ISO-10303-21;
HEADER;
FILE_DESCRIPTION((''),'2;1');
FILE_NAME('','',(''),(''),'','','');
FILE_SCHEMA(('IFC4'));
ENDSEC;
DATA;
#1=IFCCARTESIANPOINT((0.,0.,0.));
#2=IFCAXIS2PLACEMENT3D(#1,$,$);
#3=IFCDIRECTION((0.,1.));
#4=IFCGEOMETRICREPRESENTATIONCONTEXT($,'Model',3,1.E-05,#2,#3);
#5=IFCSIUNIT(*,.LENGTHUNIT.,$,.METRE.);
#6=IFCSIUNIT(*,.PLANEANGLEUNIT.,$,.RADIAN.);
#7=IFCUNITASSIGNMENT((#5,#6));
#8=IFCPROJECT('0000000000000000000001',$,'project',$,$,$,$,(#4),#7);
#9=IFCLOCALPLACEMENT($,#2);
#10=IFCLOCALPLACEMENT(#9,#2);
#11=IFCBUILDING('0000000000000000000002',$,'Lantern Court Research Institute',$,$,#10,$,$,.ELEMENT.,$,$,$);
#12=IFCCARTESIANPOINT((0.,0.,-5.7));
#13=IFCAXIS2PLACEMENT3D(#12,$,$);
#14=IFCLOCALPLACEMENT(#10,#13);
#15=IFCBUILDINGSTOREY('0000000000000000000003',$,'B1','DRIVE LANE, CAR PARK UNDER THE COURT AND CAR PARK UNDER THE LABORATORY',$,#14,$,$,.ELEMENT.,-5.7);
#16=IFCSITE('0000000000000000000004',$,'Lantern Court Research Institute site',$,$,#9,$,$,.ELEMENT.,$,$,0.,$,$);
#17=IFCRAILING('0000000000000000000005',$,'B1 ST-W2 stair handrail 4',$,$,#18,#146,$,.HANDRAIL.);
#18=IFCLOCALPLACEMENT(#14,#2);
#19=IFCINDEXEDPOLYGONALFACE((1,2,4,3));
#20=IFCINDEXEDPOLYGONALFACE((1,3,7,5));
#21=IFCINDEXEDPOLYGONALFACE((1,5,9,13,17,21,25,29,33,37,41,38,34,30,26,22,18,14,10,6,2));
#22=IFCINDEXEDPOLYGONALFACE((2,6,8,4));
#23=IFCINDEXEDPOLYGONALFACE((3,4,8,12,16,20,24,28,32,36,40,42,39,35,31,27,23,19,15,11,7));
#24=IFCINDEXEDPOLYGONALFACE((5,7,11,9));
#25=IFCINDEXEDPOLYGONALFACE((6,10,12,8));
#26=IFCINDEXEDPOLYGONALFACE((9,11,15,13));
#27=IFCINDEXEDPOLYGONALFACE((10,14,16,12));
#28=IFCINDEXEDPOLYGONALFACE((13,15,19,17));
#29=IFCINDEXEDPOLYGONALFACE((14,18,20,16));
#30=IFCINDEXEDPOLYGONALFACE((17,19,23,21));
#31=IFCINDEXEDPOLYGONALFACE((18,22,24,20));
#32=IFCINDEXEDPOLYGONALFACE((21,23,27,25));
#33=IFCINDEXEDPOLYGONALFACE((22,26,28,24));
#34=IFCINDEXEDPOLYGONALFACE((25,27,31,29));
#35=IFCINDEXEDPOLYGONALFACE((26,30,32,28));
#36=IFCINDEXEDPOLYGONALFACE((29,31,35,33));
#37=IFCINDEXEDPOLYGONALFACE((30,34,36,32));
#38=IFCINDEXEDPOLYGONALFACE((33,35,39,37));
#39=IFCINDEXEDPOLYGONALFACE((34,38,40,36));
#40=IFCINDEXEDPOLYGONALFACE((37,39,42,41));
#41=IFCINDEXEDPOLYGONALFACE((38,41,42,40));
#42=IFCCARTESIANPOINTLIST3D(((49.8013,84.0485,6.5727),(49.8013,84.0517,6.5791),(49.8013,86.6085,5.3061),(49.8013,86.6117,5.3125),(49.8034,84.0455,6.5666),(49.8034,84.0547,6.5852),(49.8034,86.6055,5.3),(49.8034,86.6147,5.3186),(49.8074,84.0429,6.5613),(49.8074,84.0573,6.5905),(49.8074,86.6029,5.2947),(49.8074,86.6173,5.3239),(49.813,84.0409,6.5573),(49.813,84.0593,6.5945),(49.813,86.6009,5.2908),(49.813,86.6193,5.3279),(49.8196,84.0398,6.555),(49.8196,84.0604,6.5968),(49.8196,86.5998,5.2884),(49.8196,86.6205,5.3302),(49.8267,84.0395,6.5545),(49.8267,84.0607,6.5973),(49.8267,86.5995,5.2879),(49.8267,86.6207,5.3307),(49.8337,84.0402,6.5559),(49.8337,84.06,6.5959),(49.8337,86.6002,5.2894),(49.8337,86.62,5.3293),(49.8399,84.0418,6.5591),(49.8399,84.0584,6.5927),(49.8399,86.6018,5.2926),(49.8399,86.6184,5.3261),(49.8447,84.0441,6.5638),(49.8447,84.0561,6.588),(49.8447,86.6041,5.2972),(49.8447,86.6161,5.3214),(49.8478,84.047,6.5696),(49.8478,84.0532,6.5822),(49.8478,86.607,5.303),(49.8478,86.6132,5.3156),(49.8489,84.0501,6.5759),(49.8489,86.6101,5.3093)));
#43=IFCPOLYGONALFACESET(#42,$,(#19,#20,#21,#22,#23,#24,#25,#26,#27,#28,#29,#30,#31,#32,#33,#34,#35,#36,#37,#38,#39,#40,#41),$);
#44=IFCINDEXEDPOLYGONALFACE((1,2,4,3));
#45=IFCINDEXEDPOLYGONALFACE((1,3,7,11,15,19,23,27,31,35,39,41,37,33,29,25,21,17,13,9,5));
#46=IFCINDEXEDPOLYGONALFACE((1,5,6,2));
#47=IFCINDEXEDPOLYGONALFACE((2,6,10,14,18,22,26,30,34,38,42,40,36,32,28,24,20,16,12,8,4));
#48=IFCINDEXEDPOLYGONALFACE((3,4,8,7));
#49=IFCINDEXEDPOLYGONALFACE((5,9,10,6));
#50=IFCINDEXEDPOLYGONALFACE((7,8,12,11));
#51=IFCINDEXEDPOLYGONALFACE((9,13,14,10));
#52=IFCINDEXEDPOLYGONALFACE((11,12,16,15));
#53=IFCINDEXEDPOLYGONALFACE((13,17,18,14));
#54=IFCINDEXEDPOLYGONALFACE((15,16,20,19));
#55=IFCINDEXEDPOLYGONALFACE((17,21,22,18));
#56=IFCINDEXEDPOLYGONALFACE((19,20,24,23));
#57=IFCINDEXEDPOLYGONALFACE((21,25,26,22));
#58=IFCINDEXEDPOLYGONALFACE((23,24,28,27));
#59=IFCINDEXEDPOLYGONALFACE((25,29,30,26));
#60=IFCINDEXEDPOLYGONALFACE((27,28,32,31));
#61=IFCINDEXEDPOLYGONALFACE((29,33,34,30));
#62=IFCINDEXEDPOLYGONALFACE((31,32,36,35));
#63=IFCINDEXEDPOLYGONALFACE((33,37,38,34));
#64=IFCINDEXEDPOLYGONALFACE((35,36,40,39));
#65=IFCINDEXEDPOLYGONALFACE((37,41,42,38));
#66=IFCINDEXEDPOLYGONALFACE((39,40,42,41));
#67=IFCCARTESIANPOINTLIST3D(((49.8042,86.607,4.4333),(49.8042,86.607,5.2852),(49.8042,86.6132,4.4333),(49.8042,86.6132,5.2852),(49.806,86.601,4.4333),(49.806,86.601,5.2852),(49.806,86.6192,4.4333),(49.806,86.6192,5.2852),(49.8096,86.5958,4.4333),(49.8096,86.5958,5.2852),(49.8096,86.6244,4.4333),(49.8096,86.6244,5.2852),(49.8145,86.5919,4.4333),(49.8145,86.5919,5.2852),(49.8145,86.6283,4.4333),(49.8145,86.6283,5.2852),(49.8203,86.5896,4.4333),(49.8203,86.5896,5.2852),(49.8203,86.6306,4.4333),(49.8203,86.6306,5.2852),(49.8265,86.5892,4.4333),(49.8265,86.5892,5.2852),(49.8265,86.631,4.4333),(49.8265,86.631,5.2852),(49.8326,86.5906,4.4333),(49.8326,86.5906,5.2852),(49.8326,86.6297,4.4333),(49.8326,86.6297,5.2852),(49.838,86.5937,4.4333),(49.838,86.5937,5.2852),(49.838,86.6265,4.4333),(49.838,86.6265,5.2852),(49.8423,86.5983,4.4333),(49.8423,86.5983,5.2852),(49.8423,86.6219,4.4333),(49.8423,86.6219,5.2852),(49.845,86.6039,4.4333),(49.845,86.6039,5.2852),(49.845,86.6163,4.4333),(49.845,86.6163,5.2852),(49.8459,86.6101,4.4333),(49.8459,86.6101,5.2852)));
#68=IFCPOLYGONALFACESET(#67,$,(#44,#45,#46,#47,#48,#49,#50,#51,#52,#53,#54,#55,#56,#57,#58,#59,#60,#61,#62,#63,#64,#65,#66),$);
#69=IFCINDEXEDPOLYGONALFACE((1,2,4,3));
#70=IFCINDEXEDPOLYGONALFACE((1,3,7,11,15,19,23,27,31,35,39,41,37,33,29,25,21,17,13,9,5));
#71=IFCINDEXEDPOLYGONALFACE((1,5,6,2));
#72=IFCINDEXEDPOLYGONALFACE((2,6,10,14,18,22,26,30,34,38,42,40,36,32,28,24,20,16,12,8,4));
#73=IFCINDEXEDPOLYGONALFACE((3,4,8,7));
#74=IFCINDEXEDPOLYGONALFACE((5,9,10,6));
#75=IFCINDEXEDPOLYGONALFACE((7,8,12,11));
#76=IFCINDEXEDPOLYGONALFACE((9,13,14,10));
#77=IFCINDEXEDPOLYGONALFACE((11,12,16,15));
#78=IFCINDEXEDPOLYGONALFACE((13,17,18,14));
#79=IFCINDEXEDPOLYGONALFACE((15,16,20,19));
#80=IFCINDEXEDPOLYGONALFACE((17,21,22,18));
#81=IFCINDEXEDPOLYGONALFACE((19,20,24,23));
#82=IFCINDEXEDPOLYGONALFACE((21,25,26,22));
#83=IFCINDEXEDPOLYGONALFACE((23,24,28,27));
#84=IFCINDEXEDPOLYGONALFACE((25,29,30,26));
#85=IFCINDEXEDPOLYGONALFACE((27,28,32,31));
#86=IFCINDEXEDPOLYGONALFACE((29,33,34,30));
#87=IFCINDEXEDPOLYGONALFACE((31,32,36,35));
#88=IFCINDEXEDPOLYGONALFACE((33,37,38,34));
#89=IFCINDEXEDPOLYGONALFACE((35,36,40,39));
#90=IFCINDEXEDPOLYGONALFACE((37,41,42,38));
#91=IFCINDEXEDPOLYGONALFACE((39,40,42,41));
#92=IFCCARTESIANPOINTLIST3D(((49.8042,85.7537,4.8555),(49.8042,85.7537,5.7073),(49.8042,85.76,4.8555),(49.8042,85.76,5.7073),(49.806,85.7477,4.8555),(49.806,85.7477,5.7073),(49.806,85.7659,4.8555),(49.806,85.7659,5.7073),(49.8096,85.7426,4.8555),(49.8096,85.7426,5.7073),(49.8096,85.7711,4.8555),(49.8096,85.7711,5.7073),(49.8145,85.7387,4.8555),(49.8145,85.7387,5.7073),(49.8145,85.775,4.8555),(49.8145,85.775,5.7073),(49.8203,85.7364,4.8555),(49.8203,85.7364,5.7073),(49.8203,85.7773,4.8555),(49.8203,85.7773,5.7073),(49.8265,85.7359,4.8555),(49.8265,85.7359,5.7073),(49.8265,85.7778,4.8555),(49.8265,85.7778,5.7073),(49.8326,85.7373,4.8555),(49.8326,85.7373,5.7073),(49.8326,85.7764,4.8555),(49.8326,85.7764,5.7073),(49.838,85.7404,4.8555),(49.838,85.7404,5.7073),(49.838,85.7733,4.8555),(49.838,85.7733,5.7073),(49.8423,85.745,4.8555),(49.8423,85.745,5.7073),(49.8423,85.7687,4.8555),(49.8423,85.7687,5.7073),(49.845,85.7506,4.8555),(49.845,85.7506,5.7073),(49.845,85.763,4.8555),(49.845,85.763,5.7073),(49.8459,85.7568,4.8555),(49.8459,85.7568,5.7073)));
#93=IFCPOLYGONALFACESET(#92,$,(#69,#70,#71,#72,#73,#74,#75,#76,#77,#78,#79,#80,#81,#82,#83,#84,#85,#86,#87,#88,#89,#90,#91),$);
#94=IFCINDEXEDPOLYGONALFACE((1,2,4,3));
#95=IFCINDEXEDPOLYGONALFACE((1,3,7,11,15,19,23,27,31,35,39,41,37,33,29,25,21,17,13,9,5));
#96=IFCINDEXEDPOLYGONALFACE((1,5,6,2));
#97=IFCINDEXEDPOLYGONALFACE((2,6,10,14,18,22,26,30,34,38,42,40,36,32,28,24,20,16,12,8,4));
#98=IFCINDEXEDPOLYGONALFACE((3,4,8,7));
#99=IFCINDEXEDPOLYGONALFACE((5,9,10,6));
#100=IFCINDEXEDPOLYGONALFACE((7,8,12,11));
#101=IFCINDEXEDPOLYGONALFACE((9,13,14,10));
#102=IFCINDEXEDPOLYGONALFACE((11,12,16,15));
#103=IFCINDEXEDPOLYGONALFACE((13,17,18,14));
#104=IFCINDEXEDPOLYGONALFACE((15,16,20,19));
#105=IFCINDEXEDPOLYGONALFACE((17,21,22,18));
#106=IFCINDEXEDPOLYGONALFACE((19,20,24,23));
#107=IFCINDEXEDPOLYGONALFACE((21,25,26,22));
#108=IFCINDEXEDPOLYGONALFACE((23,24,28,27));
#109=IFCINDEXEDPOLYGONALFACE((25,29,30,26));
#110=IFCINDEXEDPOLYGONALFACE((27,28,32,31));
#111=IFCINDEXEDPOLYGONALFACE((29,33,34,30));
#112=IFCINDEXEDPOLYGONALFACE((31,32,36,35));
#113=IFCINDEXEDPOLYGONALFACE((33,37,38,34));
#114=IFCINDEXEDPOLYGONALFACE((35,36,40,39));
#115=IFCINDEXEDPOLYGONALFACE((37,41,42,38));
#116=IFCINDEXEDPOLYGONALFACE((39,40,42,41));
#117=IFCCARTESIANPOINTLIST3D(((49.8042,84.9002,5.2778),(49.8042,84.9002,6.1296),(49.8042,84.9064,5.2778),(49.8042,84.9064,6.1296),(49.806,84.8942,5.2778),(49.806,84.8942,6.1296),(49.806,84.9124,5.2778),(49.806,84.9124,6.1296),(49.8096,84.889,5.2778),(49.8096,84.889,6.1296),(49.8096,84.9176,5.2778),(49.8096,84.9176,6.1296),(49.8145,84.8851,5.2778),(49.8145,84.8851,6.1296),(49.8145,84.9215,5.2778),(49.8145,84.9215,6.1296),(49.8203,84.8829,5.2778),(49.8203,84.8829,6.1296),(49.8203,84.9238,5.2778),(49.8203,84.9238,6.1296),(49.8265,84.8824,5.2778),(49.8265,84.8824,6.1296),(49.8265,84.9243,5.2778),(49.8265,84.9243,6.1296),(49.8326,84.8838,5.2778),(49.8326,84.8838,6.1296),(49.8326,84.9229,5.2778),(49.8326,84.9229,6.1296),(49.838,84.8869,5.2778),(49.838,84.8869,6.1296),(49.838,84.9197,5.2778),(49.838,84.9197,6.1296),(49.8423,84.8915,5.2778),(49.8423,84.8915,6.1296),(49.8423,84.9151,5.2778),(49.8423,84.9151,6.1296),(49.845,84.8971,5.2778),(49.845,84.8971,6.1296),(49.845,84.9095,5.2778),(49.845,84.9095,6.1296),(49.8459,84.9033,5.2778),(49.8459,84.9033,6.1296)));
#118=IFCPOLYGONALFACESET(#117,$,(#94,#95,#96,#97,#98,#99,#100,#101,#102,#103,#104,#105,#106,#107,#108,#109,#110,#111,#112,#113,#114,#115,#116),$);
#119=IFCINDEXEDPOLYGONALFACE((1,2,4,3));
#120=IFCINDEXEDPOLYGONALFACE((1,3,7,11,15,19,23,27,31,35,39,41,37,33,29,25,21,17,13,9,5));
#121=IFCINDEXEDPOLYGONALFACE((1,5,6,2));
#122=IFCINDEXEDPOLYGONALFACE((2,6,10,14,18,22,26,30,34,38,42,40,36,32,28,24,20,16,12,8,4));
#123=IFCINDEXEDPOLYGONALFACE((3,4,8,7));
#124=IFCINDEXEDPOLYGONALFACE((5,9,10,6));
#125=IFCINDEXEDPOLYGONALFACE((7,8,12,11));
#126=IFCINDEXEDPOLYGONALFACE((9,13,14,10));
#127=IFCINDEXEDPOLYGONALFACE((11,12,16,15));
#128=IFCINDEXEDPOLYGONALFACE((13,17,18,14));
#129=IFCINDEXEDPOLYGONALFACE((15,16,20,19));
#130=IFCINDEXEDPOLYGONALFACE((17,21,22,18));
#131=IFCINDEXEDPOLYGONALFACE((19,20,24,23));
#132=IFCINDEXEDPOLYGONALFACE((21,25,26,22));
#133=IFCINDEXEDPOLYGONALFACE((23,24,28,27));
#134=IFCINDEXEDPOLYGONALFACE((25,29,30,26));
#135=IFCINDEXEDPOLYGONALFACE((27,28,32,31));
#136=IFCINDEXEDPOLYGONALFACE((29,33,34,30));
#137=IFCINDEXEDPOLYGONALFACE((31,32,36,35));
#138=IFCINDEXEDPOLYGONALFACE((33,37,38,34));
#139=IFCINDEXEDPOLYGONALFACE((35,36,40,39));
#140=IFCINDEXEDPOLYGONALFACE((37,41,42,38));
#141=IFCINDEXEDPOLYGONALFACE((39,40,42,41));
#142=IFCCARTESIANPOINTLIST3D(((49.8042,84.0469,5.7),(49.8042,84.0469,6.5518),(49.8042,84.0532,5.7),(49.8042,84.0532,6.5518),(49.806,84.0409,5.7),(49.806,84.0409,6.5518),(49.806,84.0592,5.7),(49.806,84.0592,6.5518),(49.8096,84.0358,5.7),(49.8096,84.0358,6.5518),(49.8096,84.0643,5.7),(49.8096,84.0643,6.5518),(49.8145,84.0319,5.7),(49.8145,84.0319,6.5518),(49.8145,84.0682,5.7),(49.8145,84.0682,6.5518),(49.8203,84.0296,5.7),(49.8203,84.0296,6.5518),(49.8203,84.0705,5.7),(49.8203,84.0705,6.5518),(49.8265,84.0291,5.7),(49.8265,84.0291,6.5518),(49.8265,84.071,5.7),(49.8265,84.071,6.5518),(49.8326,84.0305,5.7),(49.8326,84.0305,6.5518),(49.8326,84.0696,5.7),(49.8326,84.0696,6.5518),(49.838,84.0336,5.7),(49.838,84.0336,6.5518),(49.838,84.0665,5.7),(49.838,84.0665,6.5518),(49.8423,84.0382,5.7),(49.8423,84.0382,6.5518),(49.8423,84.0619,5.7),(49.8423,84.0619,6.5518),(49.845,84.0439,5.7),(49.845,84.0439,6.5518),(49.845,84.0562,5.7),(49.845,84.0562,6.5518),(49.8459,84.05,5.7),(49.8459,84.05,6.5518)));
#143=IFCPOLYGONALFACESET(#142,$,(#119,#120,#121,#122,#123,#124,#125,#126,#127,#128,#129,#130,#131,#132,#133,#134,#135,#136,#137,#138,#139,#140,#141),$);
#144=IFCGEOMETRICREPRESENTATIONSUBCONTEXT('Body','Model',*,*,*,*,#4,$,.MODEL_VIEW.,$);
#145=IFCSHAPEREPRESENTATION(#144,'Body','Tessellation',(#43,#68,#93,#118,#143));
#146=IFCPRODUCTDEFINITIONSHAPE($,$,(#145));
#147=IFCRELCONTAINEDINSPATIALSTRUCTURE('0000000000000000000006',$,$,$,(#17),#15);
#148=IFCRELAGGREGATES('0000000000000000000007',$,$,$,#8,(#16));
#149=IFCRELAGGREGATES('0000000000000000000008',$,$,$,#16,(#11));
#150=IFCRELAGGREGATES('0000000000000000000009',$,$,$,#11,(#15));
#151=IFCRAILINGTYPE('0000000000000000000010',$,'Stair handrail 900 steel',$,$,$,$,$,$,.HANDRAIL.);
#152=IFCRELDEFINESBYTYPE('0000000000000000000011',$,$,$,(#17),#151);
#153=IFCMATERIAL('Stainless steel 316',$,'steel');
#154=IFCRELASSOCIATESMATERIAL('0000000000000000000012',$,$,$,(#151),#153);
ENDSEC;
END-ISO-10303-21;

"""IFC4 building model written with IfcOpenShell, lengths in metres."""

from ifc_helpers import new_model, si_unit, direction, frame, origin, origin_2d, place, context, subcontext, project, spatial, circle, extrude, material, type_object, element, save


model = new_model("IFC4")

# Units and contexts
model_context = context("Model", 3, precision=1e-05, world=origin(), true_north=direction((0.0, 1.0)))
body_context = subcontext(model_context, "Body", "Model", "MODEL_VIEW")
ifc_project = project(units=[si_unit("LENGTHUNIT", "METRE"), si_unit("PLANEANGLEUNIT", "RADIAN")], contexts=[model_context])

# Site, building, storey
site_placement = place(None, origin())
site = spatial("IfcSite", under=ifc_project, at=site_placement, Name="Lantern Court Research Institute site", CompositionType="ELEMENT", RefElevation=0.0)
building_placement = place(site_placement, origin())
building = spatial("IfcBuilding", under=site, at=building_placement, Name="Lantern Court Research Institute", CompositionType="ELEMENT")
storey_placement = place(building_placement, frame((0.0, 0.0, -5.7)))
storey = spatial("IfcBuildingStorey", under=building, at=storey_placement, Name="B1", Description="DRIVE LANE, CAR PARK UNDER THE COURT AND CAR PARK UNDER THE LABORATORY", CompositionType="ELEMENT", Elevation=-5.7)

# Railing
ifc_material_1 = material(Name="Stainless steel 316", Category="steel")
railing_type_1 = type_object("IfcRailingType", Name="Stair handrail 900 steel", PredefinedType="HANDRAIL", material=ifc_material_1)
railing_1_placement = place(storey_placement, frame((49.825, 86.6101, 4.4333)))
element("IfcRailing", 1, at=railing_1_placement, inside=storey, type_object=railing_type_1, Name="B1 ST-W2 stair handrail 4", PredefinedType="HANDRAIL", context=body_context, shape_type="SweptSolid", body=[
    extrude(circle(Radius=0.0239, at=origin_2d()), frame((0.0, 0.0, 0.876), z_axis=(0.0, -0.8963, 0.443449), x_axis=(1.0, 0.0, 0.0)), (0.0, 0.0, 1.0), 2.8562),
    extrude(circle(Radius=0.021, at=origin_2d()), origin(), (0.0, 0.0, 1.0), 0.8518),
    extrude(circle(Radius=0.021, at=origin_2d()), frame((0.0, -0.8533, 0.4221)), (0.0, 0.0, 1.0), 0.8518),
    extrude(circle(Radius=0.021, at=origin_2d()), frame((0.0, -1.7068, 0.8445)), (0.0, 0.0, 1.0), 0.8518),
    extrude(circle(Radius=0.021, at=origin_2d()), frame((0.0, -2.5601, 1.2666)), (0.0, 0.0, 1.0), 0.8518),
])

save(model, "model.ifc")
